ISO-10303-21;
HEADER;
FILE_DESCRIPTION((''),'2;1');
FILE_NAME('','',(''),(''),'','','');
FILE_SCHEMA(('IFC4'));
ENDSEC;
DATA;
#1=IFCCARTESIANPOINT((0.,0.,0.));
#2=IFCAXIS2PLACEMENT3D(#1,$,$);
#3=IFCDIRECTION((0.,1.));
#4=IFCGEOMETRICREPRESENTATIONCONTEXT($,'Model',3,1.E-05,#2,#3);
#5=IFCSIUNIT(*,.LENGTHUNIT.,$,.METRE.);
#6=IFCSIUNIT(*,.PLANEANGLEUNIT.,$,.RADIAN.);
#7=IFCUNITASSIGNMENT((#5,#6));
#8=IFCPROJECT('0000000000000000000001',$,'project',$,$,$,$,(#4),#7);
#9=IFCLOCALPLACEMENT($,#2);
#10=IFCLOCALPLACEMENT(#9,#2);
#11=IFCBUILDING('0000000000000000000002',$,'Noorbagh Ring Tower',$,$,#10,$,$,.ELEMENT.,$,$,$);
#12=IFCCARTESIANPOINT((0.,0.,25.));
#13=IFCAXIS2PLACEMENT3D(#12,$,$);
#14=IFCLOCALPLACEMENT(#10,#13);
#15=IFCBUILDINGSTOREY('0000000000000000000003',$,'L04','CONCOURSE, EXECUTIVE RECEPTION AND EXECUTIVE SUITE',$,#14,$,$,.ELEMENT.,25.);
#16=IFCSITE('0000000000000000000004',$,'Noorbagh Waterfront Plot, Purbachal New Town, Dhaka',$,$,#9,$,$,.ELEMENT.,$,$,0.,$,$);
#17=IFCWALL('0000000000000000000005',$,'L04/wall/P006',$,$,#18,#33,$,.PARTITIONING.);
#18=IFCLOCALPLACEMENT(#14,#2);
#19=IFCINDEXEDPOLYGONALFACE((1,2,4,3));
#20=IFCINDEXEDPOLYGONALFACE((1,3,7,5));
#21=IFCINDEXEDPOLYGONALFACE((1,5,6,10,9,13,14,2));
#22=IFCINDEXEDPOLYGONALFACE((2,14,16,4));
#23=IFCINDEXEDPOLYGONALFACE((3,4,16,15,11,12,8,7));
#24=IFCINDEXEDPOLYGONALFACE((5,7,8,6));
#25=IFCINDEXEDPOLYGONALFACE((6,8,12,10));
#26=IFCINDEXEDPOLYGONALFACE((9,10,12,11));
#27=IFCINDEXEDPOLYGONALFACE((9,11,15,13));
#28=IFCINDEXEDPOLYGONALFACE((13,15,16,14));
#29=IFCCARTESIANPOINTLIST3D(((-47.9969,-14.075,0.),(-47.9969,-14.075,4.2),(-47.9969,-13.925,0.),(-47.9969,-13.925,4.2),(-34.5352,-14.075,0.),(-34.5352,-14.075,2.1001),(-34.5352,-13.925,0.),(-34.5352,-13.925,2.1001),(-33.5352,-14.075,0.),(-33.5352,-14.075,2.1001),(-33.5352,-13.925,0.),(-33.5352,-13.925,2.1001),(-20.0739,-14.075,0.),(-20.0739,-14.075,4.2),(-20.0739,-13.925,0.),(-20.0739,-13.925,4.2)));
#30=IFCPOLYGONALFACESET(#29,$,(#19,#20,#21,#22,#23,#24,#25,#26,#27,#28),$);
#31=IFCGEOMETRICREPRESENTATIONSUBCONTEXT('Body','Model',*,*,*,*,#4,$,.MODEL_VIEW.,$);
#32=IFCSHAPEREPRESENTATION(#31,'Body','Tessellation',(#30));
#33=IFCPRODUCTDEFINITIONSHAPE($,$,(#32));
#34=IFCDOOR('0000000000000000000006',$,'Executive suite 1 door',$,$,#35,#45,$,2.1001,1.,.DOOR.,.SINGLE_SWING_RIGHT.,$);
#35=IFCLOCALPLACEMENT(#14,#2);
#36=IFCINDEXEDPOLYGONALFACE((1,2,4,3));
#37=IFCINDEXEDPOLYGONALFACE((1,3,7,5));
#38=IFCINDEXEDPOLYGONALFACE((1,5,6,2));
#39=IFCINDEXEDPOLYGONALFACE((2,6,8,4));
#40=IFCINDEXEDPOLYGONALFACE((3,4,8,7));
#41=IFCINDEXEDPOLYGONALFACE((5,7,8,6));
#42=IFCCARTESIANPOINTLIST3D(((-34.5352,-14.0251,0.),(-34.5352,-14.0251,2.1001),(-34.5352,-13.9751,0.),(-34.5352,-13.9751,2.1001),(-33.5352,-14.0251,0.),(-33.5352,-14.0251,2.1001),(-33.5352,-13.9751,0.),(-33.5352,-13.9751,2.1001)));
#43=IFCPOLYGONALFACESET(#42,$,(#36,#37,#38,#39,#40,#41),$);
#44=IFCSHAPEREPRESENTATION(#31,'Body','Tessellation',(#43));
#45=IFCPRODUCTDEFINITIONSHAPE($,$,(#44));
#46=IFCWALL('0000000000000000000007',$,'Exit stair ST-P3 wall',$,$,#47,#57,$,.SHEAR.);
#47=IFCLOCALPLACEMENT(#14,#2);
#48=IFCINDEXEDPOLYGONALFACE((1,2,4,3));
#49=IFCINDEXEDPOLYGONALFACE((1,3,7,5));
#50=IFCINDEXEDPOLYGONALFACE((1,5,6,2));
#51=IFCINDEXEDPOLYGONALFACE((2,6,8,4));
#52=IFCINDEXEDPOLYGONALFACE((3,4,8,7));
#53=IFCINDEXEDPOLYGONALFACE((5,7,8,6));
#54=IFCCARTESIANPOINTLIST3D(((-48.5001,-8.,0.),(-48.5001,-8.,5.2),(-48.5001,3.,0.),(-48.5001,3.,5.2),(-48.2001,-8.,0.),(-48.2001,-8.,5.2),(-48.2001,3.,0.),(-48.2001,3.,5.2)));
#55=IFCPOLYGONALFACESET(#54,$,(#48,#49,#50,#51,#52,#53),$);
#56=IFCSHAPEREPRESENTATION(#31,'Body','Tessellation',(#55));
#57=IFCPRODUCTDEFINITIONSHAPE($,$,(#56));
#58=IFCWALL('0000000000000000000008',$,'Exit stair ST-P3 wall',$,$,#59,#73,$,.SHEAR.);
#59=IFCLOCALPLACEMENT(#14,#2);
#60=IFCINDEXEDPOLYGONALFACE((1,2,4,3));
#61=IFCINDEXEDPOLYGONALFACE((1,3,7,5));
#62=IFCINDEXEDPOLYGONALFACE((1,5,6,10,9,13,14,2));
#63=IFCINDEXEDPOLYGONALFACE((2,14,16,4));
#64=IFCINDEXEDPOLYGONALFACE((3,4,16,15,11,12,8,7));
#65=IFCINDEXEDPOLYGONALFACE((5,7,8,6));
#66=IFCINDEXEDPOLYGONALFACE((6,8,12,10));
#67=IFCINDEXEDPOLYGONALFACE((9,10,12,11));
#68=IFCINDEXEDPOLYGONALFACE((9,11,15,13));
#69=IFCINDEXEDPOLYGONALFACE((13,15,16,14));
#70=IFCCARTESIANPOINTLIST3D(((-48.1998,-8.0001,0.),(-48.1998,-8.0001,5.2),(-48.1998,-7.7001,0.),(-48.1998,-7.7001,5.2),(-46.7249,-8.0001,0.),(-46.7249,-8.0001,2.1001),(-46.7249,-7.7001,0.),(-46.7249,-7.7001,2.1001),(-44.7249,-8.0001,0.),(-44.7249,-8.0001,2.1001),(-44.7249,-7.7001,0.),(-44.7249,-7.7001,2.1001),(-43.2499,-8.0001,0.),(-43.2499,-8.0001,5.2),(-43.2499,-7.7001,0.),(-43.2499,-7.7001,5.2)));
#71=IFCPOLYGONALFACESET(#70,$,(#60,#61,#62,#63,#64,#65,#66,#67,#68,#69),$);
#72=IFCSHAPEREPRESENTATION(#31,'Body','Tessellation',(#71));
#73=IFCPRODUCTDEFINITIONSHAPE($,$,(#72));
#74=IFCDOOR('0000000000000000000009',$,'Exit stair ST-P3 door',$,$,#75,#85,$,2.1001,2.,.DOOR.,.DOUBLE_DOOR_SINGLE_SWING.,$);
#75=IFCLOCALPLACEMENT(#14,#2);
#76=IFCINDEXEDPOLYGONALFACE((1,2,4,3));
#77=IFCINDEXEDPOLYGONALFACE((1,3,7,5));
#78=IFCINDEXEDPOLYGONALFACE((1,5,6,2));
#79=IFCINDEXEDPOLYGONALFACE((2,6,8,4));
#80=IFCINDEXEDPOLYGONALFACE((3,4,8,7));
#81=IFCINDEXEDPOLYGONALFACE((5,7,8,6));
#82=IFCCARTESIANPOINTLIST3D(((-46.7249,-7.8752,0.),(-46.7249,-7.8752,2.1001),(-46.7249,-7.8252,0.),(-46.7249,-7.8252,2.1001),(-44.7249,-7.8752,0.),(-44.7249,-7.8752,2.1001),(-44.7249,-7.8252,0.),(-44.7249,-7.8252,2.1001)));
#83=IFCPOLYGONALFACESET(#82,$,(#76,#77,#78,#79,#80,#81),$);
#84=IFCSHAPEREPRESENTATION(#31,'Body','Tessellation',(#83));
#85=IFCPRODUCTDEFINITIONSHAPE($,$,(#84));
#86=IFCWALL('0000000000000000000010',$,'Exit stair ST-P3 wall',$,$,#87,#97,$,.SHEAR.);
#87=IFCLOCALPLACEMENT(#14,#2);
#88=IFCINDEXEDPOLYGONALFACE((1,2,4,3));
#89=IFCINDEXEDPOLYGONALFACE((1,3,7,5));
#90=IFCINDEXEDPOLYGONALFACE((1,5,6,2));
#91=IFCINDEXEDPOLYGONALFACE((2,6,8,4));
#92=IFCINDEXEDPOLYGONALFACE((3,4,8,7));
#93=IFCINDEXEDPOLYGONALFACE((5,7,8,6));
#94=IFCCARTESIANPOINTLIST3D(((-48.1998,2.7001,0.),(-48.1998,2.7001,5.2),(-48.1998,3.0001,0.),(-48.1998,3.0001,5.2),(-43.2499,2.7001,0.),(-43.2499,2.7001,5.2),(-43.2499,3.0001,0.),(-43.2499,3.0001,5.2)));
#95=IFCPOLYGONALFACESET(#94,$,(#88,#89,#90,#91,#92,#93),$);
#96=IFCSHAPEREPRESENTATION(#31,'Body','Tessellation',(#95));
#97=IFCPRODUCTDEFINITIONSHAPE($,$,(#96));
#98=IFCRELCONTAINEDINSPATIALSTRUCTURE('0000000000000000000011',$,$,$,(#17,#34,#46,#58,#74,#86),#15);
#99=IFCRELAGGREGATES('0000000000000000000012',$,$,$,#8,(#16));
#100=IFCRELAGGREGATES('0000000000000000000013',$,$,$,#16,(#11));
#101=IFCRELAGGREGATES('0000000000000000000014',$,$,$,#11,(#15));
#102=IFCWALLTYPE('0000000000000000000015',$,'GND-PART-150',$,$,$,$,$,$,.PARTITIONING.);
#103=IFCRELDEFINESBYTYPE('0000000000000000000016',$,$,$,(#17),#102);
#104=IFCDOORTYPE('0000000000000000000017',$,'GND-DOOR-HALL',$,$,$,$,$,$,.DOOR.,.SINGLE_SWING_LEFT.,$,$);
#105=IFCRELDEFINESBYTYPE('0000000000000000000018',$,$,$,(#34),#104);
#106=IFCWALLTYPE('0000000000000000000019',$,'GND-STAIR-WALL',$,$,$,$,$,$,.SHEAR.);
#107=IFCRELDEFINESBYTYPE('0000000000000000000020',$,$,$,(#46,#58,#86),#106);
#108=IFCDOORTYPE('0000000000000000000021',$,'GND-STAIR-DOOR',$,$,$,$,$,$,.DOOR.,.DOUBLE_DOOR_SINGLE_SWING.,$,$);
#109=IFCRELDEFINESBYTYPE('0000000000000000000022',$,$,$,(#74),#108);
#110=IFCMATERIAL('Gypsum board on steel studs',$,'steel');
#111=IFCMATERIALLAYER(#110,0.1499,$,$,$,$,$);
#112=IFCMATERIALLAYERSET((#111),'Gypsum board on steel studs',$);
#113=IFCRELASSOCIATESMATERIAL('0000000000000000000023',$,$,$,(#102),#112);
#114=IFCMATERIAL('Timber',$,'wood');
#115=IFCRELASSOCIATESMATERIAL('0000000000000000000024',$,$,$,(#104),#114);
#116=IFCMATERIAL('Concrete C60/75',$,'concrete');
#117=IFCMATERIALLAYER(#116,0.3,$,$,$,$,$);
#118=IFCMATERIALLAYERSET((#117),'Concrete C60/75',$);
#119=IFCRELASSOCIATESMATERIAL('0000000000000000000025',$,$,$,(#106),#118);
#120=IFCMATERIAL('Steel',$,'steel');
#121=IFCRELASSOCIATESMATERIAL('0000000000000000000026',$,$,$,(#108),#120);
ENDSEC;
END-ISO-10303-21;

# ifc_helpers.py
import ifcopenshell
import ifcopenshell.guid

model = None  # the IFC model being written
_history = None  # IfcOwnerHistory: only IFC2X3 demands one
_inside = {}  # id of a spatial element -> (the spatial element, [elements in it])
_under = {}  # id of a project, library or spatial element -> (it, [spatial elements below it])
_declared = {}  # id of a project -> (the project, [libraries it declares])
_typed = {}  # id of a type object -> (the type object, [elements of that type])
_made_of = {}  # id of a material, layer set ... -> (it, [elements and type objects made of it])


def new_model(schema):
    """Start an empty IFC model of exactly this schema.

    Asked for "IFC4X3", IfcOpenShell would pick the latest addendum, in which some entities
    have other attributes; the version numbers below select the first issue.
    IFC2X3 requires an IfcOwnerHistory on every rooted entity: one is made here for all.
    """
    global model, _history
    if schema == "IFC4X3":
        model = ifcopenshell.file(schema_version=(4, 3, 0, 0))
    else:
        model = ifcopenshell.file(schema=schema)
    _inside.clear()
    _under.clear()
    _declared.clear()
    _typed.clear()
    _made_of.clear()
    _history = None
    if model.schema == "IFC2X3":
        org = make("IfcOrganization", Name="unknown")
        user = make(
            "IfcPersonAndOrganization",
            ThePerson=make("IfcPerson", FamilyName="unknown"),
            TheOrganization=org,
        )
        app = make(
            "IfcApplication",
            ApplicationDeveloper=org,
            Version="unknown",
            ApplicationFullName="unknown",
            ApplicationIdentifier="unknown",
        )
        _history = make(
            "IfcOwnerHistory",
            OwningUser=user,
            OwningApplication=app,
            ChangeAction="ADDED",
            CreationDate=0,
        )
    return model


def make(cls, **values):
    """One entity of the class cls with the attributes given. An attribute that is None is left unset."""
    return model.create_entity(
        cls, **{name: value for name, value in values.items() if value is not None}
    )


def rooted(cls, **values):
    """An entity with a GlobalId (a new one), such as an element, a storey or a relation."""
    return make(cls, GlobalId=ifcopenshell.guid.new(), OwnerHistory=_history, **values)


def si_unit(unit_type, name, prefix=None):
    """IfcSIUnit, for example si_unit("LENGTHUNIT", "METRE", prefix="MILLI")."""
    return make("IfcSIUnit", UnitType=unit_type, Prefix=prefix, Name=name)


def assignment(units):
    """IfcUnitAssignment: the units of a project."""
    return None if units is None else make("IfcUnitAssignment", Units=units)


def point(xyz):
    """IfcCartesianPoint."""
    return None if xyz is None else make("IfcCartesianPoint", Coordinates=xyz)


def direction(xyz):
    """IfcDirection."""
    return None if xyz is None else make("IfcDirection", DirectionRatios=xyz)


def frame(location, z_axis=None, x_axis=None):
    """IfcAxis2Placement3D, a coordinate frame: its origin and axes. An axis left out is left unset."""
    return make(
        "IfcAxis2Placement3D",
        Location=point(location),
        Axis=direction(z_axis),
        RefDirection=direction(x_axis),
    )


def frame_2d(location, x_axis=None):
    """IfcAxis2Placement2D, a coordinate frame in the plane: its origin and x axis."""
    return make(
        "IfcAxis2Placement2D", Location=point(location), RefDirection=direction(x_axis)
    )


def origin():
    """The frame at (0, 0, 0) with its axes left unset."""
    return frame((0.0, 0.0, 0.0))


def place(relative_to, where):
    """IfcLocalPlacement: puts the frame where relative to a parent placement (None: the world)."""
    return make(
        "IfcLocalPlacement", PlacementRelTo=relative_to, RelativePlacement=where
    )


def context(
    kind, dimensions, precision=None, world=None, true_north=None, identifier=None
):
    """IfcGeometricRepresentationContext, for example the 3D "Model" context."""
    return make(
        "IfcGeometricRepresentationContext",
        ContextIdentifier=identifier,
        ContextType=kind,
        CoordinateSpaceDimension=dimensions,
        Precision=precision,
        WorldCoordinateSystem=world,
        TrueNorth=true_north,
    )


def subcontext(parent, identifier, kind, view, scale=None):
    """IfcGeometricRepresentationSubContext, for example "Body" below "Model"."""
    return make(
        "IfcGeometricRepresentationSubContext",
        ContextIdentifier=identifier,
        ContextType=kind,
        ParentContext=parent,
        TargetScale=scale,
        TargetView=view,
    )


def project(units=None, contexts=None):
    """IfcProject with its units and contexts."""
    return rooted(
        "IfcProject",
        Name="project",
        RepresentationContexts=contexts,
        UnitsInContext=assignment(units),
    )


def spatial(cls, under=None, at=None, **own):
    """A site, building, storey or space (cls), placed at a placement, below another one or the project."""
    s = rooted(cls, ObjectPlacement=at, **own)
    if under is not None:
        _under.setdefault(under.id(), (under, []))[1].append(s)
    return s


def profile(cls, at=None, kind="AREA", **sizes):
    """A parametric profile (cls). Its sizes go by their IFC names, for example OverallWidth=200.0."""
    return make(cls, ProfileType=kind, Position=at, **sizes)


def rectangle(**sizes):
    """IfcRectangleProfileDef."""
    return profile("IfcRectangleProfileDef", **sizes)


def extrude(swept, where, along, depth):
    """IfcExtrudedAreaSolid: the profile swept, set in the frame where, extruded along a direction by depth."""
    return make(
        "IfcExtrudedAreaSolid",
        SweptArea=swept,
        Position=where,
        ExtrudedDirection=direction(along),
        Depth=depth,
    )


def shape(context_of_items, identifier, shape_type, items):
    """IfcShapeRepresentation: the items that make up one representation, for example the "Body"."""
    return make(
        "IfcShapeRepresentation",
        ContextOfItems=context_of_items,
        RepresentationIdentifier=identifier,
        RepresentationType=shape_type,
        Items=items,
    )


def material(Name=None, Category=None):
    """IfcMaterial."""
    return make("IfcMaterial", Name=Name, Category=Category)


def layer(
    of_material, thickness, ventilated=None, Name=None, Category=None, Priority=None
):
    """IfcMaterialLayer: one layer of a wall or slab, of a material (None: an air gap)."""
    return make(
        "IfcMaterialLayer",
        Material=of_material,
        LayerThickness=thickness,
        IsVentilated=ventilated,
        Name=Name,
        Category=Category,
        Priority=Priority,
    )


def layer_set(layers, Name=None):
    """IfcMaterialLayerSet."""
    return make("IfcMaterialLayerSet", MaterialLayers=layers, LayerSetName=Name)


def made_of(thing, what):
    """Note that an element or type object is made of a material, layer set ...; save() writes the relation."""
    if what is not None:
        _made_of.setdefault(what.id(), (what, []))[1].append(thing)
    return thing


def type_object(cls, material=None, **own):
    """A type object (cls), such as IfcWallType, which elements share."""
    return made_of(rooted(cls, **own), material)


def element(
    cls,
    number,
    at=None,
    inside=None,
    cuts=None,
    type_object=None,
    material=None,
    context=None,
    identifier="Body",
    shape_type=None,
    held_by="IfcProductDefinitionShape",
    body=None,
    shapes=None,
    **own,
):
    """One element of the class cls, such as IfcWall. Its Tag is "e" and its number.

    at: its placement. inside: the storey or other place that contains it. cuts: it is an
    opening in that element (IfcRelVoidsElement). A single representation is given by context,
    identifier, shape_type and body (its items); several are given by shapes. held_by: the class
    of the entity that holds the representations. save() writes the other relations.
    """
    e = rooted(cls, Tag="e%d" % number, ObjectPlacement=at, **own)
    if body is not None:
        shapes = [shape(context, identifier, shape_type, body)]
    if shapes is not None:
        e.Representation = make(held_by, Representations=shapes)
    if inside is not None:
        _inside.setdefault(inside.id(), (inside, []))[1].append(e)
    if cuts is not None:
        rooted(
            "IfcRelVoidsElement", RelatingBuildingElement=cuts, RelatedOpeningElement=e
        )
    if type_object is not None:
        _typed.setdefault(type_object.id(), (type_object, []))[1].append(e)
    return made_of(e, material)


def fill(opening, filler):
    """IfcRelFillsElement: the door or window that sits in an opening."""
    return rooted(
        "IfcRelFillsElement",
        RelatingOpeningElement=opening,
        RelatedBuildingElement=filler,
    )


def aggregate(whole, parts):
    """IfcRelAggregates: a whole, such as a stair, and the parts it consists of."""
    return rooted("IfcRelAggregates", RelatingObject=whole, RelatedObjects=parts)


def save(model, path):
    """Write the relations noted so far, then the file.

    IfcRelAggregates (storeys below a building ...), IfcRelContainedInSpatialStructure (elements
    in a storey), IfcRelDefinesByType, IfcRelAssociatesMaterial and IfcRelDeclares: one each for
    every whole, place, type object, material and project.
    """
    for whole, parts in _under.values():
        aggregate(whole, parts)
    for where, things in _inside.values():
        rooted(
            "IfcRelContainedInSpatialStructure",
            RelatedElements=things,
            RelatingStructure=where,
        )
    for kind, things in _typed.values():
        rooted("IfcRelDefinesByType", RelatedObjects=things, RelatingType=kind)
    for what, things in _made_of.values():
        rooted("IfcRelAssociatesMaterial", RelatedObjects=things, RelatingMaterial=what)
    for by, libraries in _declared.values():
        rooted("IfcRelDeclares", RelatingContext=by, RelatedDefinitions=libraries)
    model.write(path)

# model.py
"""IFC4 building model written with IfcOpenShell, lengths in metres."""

from ifc_helpers import new_model, si_unit, direction, frame, frame_2d, origin, place, context, subcontext, project, spatial, rectangle, extrude, material, layer, layer_set, type_object, element, fill, save


model = new_model("IFC4")

# Units and contexts
model_context = context("Model", 3, precision=1e-05, world=origin(), true_north=direction((0.0, 1.0)))
body_context = subcontext(model_context, "Body", "Model", "MODEL_VIEW")
ifc_project = project(units=[si_unit("LENGTHUNIT", "METRE"), si_unit("PLANEANGLEUNIT", "RADIAN")], contexts=[model_context])

# Site, building, storey
site_placement = place(None, origin())
site = spatial("IfcSite", under=ifc_project, at=site_placement, Name="Noorbagh Waterfront Plot, Purbachal New Town, Dhaka", CompositionType="ELEMENT", RefElevation=0.0)
building_placement = place(site_placement, origin())
building = spatial("IfcBuilding", under=site, at=building_placement, Name="Noorbagh Ring Tower", CompositionType="ELEMENT")
storey_placement = place(building_placement, frame((0.0, 0.0, 25.0)))
storey = spatial("IfcBuildingStorey", under=building, at=storey_placement, Name="L04", Description="CONCOURSE, EXECUTIVE RECEPTION AND EXECUTIVE SUITE", CompositionType="ELEMENT", Elevation=25.0)

# Wall, opening, door
ifc_material_1 = material(Name="Gypsum board on steel studs", Category="steel")
ifc_layer_1 = layer(ifc_material_1, 0.1499)
ifc_layer_set_1 = layer_set([ifc_layer_1], Name="Gypsum board on steel studs")
wall_type_1 = type_object("IfcWallType", Name="GND-PART-150", PredefinedType="PARTITIONING", material=ifc_layer_set_1)
wall_1_placement = place(storey_placement, frame((-47.9968, -14.0, 0.0), z_axis=(0.0, 0.0, 1.0), x_axis=(1.0, 0.0, 0.0)))
wall_1 = element("IfcWall", 1, at=wall_1_placement, inside=storey, type_object=wall_type_1, Name="L04/wall/P006", PredefinedType="PARTITIONING", context=body_context, shape_type="SweptSolid", body=[
    extrude(rectangle(XDim=27.9231, YDim=0.1499, at=frame_2d((13.9614, 0.0))), origin(), (0.0, 0.0, 1.0), 4.2),
])
opening_1_placement = place(wall_1_placement, frame((13.4617, 0.0, 0.0)))
opening_1 = element("IfcOpeningElement", 2, at=opening_1_placement, cuts=wall_1, PredefinedType="OPENING", context=body_context, shape_type="SweptSolid", body=[
    extrude(rectangle(XDim=1.0, YDim=2.1001, at=frame_2d((0.5, 1.05))), frame((0.0, 0.085, 0.0), z_axis=(0.0, -1.0, 0.0), x_axis=(1.0, 0.0, 0.0)), (0.0, 0.0, 1.0), 0.1699),
])
ifc_material_2 = material(Name="Timber", Category="wood")
door_type_1 = type_object("IfcDoorType", Name="GND-DOOR-HALL", OperationType="SINGLE_SWING_LEFT", PredefinedType="DOOR", material=ifc_material_2)
door_1_placement = place(opening_1_placement, origin())
door_1 = element("IfcDoor", 3, at=door_1_placement, inside=storey, type_object=door_type_1, Name="Executive suite 1 door", OperationType="SINGLE_SWING_RIGHT", OverallHeight=2.1001, OverallWidth=1.0, PredefinedType="DOOR", context=body_context, shape_type="SweptSolid", body=[
    extrude(rectangle(XDim=1.0, YDim=2.1001, at=frame_2d((0.5, 1.05))), frame((0.0, 0.0249, 0.0), z_axis=(0.0, -1.0, 0.0), x_axis=(1.0, 0.0, 0.0)), (0.0, 0.0, 1.0), 0.05),
])
fill(opening_1, door_1)

# Wall
ifc_material_3 = material(Name="Concrete C60/75", Category="concrete")
ifc_layer_2 = layer(ifc_material_3, 0.3)
ifc_layer_set_2 = layer_set([ifc_layer_2], Name="Concrete C60/75")
wall_type_2 = type_object("IfcWallType", Name="GND-STAIR-WALL", PredefinedType="SHEAR", material=ifc_layer_set_2)
wall_2_placement = place(storey_placement, frame((-48.3501, -8.0, 0.0), z_axis=(0.0, 0.0, 1.0), x_axis=(0.0, 1.0, 0.0)))
element("IfcWall", 4, at=wall_2_placement, inside=storey, type_object=wall_type_2, Name="Exit stair ST-P3 wall", PredefinedType="SHEAR", context=body_context, shape_type="SweptSolid", body=[
    extrude(rectangle(XDim=11.0, YDim=0.3, at=frame_2d((5.5, 0.0))), origin(), (0.0, 0.0, 1.0), 5.2),
])

# Wall, opening, door
wall_3_placement = place(storey_placement, frame((-48.2, -7.8501, 0.0), z_axis=(0.0, 0.0, 1.0), x_axis=(1.0, 0.0, 0.0)))
wall_3 = element("IfcWall", 5, at=wall_3_placement, inside=storey, type_object=wall_type_2, Name="Exit stair ST-P3 wall", PredefinedType="SHEAR", context=body_context, shape_type="SweptSolid", body=[
    extrude(rectangle(XDim=4.95, YDim=0.3, at=frame_2d((2.4751, 0.0))), origin(), (0.0, 0.0, 1.0), 5.2),
])
opening_2_placement = place(wall_3_placement, frame((1.4751, 0.0, 0.0)))
opening_2 = element("IfcOpeningElement", 6, at=opening_2_placement, cuts=wall_3, PredefinedType="OPENING", context=body_context, shape_type="SweptSolid", body=[
    extrude(rectangle(XDim=2.0, YDim=2.1001, at=frame_2d((1.0, 1.05))), frame((0.0, 0.1602, 0.0), z_axis=(0.0, -1.0, 0.0), x_axis=(1.0, 0.0, 0.0)), (0.0, 0.0, 1.0), 0.3201),
])
ifc_material_4 = material(Name="Steel", Category="steel")
door_type_2 = type_object("IfcDoorType", Name="GND-STAIR-DOOR", OperationType="DOUBLE_DOOR_SINGLE_SWING", PredefinedType="DOOR", material=ifc_material_4)
door_2_placement = place(opening_2_placement, origin())
door_2 = element("IfcDoor", 7, at=door_2_placement, inside=storey, type_object=door_type_2, Name="Exit stair ST-P3 door", OperationType="DOUBLE_DOOR_SINGLE_SWING", OverallHeight=2.1001, OverallWidth=2.0, PredefinedType="DOOR", context=body_context, shape_type="SweptSolid", body=[
    extrude(rectangle(XDim=2.0, YDim=2.1001, at=frame_2d((1.0, 1.05))), frame((0.0, 0.0249, 0.0), z_axis=(0.0, -1.0, 0.0), x_axis=(1.0, 0.0, 0.0)), (0.0, 0.0, 1.0), 0.05),
])
fill(opening_2, door_2)

# Wall
wall_4_placement = place(storey_placement, frame((-48.2, 2.8501, 0.0), z_axis=(0.0, 0.0, 1.0), x_axis=(1.0, 0.0, 0.0)))
element("IfcWall", 8, at=wall_4_placement, inside=storey, type_object=wall_type_2, Name="Exit stair ST-P3 wall", PredefinedType="SHEAR", context=body_context, shape_type="SweptSolid", body=[
    extrude(rectangle(XDim=4.95, YDim=0.3, at=frame_2d((2.4751, 0.0))), origin(), (0.0, 0.0, 1.0), 5.2),
])

save(model, "model.ifc")
